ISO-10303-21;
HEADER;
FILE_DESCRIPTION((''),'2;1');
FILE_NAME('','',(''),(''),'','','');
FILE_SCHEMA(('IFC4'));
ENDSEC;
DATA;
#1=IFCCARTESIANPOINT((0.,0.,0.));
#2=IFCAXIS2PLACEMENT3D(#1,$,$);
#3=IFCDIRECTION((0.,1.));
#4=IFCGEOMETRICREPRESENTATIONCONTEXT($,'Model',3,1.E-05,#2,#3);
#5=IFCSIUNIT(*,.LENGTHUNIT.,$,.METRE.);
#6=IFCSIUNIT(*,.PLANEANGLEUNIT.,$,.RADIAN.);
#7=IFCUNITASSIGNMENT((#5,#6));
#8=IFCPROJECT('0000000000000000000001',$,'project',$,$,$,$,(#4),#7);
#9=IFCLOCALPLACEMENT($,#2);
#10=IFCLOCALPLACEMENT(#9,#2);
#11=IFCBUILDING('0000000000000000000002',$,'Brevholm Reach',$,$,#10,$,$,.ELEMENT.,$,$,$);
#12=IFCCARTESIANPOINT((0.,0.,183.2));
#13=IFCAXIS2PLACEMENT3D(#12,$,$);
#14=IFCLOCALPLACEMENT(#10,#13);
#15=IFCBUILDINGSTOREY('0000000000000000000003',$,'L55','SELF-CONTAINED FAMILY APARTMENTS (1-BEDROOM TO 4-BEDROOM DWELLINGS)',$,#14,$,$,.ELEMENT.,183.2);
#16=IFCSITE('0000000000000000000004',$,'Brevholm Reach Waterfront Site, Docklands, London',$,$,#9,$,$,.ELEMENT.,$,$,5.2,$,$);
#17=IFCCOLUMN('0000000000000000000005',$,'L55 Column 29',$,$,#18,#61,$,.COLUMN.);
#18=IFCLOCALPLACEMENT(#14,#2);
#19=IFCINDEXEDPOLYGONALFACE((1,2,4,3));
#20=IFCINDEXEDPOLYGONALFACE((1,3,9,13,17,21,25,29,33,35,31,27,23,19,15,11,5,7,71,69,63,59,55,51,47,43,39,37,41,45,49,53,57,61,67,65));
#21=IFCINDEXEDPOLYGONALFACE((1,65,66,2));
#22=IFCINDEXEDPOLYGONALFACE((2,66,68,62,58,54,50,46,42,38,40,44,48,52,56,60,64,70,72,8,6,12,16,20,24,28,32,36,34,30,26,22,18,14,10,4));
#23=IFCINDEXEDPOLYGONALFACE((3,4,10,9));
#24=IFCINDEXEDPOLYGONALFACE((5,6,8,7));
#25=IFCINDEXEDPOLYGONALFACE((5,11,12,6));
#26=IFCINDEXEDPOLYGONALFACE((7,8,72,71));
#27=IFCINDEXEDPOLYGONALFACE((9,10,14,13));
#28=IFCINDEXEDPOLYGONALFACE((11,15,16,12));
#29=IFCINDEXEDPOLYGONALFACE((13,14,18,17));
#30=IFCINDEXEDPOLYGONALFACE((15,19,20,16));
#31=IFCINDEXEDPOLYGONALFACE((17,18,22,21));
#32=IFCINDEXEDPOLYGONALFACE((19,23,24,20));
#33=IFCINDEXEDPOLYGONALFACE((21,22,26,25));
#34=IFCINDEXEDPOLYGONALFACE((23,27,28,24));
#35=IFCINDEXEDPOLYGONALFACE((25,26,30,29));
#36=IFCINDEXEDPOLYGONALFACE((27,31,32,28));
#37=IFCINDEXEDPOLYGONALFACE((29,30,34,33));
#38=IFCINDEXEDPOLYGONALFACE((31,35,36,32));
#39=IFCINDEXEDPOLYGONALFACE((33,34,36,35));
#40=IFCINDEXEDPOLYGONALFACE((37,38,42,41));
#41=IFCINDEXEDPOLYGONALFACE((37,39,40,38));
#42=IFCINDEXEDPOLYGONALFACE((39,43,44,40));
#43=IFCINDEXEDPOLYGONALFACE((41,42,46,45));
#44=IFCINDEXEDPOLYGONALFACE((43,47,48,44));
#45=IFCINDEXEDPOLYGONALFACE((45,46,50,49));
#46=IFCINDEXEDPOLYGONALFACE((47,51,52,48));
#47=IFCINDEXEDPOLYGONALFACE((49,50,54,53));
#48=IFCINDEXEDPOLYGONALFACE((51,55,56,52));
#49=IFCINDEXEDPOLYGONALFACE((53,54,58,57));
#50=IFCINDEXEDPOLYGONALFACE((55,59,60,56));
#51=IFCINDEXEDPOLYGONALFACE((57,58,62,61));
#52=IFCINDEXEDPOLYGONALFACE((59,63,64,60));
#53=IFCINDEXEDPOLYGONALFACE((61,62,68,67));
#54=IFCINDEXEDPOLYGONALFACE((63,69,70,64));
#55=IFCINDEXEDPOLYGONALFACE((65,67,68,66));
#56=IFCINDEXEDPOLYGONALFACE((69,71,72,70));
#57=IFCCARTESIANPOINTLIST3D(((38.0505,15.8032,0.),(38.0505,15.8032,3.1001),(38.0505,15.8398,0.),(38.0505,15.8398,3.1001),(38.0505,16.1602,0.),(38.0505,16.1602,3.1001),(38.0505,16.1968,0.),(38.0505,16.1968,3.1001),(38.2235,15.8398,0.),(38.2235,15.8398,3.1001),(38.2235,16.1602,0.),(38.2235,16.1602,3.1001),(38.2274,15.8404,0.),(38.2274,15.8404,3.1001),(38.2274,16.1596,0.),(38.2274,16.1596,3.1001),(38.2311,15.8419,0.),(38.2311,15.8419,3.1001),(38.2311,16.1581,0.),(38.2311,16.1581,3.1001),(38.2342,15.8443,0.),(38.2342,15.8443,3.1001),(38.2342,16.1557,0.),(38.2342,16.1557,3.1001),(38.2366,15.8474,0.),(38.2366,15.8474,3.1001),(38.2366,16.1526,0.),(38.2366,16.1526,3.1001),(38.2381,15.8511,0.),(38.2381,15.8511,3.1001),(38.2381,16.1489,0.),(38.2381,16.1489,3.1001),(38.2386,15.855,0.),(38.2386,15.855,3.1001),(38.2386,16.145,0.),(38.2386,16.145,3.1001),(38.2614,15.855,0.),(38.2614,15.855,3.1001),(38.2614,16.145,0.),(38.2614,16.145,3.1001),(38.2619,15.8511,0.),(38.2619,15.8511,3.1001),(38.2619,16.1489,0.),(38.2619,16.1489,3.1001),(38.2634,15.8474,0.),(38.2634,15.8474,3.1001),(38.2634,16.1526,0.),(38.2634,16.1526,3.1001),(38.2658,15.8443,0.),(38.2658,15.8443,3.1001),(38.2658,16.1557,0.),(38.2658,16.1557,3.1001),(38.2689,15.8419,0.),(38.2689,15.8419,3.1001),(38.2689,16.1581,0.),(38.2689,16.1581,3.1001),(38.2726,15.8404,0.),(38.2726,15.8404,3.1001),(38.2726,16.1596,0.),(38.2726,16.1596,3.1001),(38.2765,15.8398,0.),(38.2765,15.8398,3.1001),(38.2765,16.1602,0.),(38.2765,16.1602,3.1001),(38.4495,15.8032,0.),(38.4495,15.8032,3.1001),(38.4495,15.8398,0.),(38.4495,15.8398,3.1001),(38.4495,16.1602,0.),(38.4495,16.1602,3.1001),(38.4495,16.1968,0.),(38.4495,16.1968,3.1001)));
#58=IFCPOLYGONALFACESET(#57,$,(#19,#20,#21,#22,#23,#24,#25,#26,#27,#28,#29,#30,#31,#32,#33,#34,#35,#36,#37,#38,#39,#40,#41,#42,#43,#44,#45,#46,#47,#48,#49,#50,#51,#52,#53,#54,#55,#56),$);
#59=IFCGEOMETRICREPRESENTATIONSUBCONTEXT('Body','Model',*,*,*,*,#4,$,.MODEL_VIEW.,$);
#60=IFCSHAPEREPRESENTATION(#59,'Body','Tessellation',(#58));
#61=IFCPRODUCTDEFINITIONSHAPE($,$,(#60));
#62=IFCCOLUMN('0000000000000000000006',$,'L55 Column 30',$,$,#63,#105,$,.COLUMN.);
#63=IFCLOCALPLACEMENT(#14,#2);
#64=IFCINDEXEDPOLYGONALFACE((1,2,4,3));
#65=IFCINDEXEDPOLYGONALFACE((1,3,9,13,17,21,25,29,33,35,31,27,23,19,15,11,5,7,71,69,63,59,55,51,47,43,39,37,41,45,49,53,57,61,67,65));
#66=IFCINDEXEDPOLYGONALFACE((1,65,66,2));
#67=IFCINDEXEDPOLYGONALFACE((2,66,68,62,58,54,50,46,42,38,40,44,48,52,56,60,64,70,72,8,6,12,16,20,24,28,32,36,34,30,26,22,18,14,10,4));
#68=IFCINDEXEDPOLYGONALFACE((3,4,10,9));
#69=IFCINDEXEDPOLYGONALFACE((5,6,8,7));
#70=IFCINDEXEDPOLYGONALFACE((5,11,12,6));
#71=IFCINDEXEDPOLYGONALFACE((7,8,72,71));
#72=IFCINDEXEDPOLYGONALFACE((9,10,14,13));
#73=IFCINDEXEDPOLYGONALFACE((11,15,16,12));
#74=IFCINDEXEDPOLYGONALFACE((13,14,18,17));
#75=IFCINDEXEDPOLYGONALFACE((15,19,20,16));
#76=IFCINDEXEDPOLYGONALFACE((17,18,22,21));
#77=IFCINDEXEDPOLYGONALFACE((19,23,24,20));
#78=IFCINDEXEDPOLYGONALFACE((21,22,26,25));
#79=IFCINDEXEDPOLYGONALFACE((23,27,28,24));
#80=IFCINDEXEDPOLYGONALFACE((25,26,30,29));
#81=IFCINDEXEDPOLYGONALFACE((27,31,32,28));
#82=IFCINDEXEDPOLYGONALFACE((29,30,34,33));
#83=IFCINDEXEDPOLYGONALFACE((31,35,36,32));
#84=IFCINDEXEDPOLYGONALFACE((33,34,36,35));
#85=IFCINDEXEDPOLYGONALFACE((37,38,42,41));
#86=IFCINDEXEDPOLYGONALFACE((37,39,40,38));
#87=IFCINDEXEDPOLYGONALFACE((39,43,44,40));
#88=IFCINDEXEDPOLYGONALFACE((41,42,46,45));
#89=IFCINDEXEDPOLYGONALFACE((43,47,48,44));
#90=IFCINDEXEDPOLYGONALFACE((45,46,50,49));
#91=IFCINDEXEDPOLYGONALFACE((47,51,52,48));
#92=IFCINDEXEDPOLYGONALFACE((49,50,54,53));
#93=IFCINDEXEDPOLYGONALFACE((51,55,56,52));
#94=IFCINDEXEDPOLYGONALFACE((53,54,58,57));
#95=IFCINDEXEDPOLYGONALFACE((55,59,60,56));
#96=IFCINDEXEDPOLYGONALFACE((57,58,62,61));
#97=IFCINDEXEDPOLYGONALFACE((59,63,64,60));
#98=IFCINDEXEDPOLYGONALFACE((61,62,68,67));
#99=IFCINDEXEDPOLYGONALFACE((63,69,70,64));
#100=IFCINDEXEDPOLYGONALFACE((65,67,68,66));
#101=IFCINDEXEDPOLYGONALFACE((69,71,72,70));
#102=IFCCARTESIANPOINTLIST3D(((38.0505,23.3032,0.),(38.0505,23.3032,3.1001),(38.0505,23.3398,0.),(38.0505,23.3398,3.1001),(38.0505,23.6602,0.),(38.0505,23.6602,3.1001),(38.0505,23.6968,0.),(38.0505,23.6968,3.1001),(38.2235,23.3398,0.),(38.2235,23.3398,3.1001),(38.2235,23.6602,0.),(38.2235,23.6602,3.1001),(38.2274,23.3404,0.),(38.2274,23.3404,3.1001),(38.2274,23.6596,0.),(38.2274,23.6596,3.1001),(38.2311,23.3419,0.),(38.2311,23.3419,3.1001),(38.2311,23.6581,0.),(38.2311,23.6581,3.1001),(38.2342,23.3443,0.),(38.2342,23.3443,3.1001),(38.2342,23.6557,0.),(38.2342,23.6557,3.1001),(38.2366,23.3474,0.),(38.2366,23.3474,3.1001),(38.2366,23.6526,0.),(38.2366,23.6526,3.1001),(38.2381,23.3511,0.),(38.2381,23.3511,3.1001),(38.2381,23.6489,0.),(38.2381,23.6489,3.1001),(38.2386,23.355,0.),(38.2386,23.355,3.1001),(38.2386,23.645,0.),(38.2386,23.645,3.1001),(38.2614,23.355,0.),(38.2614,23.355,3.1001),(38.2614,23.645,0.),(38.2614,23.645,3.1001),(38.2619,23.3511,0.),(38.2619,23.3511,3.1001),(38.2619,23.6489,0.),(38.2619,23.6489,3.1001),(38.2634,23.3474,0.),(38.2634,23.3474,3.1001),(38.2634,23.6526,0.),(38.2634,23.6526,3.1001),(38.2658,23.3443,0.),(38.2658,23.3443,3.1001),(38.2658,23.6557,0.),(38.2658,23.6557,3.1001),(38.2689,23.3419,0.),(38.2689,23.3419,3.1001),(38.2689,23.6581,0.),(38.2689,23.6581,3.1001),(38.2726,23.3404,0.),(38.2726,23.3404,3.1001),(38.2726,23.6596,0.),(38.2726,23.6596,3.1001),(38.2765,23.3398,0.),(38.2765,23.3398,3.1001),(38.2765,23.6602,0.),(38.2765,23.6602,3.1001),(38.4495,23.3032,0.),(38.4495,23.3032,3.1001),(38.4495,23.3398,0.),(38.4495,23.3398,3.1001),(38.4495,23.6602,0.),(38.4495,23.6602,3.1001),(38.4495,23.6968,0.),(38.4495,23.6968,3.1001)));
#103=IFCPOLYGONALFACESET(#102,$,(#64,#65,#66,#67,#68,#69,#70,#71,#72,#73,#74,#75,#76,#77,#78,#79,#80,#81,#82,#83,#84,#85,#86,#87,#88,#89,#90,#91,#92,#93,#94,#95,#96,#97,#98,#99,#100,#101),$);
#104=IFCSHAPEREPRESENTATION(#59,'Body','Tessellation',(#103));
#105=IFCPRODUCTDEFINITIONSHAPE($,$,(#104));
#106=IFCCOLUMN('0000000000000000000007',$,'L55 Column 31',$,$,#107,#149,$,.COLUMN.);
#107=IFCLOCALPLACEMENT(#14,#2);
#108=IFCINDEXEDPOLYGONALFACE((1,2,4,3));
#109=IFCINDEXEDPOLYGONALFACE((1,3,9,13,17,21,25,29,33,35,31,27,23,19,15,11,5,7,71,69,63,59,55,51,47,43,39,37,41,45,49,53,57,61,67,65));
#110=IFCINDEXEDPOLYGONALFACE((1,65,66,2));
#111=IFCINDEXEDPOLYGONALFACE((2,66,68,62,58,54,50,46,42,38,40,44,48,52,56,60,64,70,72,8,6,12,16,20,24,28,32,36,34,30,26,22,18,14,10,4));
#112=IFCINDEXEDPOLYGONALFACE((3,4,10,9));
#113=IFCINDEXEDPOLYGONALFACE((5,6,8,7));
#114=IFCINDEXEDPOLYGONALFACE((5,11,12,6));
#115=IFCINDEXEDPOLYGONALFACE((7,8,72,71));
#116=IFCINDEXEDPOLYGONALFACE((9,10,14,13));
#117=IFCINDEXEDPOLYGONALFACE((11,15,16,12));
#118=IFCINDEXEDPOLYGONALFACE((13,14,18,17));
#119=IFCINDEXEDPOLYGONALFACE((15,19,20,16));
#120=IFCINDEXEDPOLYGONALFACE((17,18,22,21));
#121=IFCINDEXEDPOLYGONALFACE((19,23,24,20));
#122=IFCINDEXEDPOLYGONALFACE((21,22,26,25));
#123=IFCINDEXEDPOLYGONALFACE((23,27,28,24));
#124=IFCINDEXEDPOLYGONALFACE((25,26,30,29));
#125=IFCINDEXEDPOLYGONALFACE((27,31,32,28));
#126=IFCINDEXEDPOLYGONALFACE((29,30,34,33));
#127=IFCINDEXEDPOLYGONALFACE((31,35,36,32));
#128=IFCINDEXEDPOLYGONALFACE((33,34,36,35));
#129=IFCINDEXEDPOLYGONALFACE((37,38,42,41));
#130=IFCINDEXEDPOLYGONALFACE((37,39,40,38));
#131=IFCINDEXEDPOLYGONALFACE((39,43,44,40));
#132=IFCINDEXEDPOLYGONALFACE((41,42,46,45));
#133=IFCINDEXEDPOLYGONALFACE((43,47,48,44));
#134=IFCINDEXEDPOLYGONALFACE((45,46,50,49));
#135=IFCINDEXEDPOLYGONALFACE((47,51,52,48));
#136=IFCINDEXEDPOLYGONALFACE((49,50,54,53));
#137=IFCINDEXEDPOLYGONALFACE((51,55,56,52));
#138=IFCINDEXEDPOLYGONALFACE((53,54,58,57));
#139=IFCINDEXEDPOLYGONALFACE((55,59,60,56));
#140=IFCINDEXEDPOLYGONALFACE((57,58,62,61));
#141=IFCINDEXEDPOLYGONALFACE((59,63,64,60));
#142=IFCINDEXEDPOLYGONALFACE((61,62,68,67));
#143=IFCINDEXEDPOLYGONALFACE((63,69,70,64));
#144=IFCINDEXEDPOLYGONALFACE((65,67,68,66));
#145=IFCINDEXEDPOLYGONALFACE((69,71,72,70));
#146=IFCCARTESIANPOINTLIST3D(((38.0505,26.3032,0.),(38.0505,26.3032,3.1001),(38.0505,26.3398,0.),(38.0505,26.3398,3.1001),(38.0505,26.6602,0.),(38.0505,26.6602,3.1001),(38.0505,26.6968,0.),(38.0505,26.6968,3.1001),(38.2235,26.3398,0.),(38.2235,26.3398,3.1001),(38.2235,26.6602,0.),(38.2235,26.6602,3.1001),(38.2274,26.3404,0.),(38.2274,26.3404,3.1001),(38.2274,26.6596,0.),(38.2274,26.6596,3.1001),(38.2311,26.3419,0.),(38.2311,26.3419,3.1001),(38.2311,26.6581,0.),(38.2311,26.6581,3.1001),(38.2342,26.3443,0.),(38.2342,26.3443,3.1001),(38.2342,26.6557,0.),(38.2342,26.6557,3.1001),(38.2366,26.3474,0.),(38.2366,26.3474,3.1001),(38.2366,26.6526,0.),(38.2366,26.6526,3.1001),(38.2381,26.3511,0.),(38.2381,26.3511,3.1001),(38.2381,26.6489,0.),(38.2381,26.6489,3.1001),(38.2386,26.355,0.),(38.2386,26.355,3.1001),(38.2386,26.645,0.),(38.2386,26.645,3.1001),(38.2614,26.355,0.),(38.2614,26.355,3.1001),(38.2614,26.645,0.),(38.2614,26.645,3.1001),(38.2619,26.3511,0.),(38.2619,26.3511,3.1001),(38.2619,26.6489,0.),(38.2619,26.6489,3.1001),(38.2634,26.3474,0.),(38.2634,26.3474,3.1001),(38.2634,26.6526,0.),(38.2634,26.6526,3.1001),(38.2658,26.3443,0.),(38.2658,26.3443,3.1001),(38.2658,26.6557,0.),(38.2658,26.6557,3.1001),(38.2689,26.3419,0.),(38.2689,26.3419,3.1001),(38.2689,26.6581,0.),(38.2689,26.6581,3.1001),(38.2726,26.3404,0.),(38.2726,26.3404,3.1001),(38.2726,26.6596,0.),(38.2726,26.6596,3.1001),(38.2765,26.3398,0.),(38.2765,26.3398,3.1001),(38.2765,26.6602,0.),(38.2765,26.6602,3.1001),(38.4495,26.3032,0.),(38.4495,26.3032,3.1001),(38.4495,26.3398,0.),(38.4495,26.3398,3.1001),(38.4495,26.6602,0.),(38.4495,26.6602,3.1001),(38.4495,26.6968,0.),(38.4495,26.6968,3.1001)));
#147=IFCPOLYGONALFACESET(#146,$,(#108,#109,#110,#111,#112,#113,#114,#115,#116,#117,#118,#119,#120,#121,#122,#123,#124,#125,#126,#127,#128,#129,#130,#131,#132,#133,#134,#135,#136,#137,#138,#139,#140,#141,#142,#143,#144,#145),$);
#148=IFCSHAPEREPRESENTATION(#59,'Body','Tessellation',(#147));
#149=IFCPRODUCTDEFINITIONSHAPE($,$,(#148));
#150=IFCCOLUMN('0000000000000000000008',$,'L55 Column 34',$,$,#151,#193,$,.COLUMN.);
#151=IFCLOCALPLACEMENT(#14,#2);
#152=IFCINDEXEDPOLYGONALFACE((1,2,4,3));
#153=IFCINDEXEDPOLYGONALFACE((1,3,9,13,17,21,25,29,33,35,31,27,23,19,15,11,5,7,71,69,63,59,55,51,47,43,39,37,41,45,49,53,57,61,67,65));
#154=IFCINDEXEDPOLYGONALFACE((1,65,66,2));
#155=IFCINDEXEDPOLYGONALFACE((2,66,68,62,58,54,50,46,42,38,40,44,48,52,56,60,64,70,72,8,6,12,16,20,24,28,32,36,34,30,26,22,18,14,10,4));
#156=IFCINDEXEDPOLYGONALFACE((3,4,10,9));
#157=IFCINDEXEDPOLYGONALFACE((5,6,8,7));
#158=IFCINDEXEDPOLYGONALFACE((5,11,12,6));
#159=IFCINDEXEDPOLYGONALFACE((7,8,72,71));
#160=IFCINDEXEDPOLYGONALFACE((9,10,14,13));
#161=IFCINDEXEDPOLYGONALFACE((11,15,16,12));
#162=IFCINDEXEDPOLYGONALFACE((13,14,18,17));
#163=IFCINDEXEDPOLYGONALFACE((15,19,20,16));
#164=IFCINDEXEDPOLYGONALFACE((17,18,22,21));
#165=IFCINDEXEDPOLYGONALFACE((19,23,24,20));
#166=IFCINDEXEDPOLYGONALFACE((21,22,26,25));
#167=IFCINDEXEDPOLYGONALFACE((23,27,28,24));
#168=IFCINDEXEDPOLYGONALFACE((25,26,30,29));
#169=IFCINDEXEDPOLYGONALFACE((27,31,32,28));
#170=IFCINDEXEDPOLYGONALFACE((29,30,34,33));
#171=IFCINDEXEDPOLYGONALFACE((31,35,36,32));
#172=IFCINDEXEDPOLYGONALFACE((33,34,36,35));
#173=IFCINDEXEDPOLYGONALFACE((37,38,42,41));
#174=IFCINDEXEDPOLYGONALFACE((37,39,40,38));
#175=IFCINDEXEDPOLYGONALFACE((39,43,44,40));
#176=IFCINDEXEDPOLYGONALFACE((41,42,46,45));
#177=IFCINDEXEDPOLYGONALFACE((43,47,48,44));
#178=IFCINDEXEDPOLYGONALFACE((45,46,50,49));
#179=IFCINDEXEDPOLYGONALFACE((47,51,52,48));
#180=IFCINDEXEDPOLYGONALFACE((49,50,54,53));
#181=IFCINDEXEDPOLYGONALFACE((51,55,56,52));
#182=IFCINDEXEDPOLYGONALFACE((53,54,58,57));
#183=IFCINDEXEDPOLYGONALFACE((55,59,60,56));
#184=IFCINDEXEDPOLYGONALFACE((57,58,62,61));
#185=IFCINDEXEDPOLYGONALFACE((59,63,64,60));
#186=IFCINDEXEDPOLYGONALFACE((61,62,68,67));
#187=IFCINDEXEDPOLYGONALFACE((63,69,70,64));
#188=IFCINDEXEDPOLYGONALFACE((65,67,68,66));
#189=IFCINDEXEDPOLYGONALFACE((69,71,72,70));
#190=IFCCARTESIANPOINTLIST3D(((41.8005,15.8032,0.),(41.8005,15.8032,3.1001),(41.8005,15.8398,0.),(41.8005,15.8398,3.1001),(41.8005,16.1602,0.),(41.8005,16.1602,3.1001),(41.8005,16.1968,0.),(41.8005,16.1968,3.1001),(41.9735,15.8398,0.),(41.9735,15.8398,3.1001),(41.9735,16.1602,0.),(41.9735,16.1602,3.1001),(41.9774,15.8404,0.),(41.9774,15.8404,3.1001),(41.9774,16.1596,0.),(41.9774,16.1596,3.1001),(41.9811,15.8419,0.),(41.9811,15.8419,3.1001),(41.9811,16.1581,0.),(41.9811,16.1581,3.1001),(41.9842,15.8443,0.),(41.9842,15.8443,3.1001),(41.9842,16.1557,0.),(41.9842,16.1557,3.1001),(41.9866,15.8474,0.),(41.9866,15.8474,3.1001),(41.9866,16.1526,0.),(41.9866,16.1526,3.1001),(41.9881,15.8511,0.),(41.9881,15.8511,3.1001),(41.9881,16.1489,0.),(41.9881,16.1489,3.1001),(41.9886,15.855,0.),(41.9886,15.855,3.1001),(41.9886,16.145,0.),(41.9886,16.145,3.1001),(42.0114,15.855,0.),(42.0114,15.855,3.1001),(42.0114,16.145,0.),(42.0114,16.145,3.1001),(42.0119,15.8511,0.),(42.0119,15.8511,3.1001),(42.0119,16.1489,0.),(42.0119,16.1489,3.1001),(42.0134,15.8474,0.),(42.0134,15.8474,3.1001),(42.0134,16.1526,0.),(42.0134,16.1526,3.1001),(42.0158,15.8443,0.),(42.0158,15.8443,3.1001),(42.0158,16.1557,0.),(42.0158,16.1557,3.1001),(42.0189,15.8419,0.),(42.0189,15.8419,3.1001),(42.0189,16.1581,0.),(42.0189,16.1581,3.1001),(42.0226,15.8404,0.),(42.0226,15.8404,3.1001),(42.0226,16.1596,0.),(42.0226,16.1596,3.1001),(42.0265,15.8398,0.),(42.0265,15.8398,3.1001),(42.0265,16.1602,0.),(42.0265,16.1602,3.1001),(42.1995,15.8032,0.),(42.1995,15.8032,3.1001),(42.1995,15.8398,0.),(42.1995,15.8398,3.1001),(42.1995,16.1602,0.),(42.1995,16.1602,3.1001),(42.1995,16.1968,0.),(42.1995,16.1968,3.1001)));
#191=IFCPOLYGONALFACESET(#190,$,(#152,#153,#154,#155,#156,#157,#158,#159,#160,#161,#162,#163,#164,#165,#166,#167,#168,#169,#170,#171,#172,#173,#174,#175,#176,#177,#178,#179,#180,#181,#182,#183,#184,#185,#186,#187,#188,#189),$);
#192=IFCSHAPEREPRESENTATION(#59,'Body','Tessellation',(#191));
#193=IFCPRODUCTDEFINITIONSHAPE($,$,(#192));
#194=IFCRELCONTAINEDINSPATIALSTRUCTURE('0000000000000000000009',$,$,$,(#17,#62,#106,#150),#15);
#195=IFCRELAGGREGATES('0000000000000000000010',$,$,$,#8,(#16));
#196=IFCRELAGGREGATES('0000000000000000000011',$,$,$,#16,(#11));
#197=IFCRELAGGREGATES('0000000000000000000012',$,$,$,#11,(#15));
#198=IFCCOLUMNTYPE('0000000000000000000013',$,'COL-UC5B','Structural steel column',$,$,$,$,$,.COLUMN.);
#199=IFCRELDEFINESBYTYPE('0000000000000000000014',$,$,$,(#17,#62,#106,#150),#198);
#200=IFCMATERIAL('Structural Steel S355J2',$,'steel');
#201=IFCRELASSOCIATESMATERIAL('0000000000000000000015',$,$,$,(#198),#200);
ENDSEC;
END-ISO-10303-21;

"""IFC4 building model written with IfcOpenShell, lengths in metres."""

from ifc_helpers import new_model, si_unit, direction, frame, origin, origin_2d, place, context, subcontext, project, spatial, i_section, extrude, material, material_profile, profile_set, type_object, element, save


model = new_model("IFC4")

# Units and contexts
model_context = context("Model", 3, precision=1e-05, world=origin(), true_north=direction((0.0, 1.0)))
body_context = subcontext(model_context, "Body", "Model", "MODEL_VIEW")
ifc_project = project(units=[si_unit("LENGTHUNIT", "METRE"), si_unit("PLANEANGLEUNIT", "RADIAN")], contexts=[model_context])

# Site, building, storey
site_placement = place(None, origin())
site = spatial("IfcSite", under=ifc_project, at=site_placement, Name="Brevholm Reach Waterfront Site, Docklands, London", CompositionType="ELEMENT", RefElevation=5.2)
building_placement = place(site_placement, origin())
building = spatial("IfcBuilding", under=site, at=building_placement, Name="Brevholm Reach", CompositionType="ELEMENT")
storey_placement = place(building_placement, frame((0.0, 0.0, 183.2)))
storey = spatial("IfcBuildingStorey", under=building, at=storey_placement, Name="L55", Description="SELF-CONTAINED FAMILY APARTMENTS (1-BEDROOM TO 4-BEDROOM DWELLINGS)", CompositionType="ELEMENT", Elevation=183.2)

# Columns
ifc_material_1 = material(Name="Structural Steel S355J2", Category="steel")
ifc_material_profile_1 = material_profile(ifc_material_1, i_section(OverallWidth=0.3989, OverallDepth=0.3936, WebThickness=0.0227, FlangeThickness=0.0366, FilletRadius=0.0151, at=origin_2d()), Name="UKC 356x406x287")
ifc_profile_set_1 = profile_set([ifc_material_profile_1], Name="Structural Steel S355J2")
column_type = type_object("IfcColumnType", Name="COL-UC5B", Description="Structural steel column", PredefinedType="COLUMN", material=ifc_profile_set_1)
for number, where, z_axis, x_axis, name in (
    (1, (38.25, 16.0, 0.0), (0.0, 0.0, 1.0), (1.0, 0.0, 0.0), "L55 Column 29"),
    (2, (38.25, 23.5, 0.0), (0.0, 0.0, 1.0), (1.0, 0.0, 0.0), "L55 Column 30"),
    (3, (38.25, 26.5, 0.0), (0.0, 0.0, 1.0), (1.0, 0.0, 0.0), "L55 Column 31"),
    (4, (42.0, 16.0, 0.0), (0.0, 0.0, 1.0), (1.0, 0.0, 0.0), "L55 Column 34"),
):
    element("IfcColumn", number, at=place(storey_placement, frame(where, z_axis=z_axis, x_axis=x_axis)), inside=storey, type_object=column_type, Name=name, PredefinedType="COLUMN", context=body_context, shape_type="SweptSolid", body=[
        extrude(i_section(OverallWidth=0.3989, OverallDepth=0.3936, WebThickness=0.0227, FlangeThickness=0.0366, FilletRadius=0.0151, at=origin_2d()), origin(), (0.0, 0.0, 1.0), 3.1001),
    ])

save(model, "model.ifc")
